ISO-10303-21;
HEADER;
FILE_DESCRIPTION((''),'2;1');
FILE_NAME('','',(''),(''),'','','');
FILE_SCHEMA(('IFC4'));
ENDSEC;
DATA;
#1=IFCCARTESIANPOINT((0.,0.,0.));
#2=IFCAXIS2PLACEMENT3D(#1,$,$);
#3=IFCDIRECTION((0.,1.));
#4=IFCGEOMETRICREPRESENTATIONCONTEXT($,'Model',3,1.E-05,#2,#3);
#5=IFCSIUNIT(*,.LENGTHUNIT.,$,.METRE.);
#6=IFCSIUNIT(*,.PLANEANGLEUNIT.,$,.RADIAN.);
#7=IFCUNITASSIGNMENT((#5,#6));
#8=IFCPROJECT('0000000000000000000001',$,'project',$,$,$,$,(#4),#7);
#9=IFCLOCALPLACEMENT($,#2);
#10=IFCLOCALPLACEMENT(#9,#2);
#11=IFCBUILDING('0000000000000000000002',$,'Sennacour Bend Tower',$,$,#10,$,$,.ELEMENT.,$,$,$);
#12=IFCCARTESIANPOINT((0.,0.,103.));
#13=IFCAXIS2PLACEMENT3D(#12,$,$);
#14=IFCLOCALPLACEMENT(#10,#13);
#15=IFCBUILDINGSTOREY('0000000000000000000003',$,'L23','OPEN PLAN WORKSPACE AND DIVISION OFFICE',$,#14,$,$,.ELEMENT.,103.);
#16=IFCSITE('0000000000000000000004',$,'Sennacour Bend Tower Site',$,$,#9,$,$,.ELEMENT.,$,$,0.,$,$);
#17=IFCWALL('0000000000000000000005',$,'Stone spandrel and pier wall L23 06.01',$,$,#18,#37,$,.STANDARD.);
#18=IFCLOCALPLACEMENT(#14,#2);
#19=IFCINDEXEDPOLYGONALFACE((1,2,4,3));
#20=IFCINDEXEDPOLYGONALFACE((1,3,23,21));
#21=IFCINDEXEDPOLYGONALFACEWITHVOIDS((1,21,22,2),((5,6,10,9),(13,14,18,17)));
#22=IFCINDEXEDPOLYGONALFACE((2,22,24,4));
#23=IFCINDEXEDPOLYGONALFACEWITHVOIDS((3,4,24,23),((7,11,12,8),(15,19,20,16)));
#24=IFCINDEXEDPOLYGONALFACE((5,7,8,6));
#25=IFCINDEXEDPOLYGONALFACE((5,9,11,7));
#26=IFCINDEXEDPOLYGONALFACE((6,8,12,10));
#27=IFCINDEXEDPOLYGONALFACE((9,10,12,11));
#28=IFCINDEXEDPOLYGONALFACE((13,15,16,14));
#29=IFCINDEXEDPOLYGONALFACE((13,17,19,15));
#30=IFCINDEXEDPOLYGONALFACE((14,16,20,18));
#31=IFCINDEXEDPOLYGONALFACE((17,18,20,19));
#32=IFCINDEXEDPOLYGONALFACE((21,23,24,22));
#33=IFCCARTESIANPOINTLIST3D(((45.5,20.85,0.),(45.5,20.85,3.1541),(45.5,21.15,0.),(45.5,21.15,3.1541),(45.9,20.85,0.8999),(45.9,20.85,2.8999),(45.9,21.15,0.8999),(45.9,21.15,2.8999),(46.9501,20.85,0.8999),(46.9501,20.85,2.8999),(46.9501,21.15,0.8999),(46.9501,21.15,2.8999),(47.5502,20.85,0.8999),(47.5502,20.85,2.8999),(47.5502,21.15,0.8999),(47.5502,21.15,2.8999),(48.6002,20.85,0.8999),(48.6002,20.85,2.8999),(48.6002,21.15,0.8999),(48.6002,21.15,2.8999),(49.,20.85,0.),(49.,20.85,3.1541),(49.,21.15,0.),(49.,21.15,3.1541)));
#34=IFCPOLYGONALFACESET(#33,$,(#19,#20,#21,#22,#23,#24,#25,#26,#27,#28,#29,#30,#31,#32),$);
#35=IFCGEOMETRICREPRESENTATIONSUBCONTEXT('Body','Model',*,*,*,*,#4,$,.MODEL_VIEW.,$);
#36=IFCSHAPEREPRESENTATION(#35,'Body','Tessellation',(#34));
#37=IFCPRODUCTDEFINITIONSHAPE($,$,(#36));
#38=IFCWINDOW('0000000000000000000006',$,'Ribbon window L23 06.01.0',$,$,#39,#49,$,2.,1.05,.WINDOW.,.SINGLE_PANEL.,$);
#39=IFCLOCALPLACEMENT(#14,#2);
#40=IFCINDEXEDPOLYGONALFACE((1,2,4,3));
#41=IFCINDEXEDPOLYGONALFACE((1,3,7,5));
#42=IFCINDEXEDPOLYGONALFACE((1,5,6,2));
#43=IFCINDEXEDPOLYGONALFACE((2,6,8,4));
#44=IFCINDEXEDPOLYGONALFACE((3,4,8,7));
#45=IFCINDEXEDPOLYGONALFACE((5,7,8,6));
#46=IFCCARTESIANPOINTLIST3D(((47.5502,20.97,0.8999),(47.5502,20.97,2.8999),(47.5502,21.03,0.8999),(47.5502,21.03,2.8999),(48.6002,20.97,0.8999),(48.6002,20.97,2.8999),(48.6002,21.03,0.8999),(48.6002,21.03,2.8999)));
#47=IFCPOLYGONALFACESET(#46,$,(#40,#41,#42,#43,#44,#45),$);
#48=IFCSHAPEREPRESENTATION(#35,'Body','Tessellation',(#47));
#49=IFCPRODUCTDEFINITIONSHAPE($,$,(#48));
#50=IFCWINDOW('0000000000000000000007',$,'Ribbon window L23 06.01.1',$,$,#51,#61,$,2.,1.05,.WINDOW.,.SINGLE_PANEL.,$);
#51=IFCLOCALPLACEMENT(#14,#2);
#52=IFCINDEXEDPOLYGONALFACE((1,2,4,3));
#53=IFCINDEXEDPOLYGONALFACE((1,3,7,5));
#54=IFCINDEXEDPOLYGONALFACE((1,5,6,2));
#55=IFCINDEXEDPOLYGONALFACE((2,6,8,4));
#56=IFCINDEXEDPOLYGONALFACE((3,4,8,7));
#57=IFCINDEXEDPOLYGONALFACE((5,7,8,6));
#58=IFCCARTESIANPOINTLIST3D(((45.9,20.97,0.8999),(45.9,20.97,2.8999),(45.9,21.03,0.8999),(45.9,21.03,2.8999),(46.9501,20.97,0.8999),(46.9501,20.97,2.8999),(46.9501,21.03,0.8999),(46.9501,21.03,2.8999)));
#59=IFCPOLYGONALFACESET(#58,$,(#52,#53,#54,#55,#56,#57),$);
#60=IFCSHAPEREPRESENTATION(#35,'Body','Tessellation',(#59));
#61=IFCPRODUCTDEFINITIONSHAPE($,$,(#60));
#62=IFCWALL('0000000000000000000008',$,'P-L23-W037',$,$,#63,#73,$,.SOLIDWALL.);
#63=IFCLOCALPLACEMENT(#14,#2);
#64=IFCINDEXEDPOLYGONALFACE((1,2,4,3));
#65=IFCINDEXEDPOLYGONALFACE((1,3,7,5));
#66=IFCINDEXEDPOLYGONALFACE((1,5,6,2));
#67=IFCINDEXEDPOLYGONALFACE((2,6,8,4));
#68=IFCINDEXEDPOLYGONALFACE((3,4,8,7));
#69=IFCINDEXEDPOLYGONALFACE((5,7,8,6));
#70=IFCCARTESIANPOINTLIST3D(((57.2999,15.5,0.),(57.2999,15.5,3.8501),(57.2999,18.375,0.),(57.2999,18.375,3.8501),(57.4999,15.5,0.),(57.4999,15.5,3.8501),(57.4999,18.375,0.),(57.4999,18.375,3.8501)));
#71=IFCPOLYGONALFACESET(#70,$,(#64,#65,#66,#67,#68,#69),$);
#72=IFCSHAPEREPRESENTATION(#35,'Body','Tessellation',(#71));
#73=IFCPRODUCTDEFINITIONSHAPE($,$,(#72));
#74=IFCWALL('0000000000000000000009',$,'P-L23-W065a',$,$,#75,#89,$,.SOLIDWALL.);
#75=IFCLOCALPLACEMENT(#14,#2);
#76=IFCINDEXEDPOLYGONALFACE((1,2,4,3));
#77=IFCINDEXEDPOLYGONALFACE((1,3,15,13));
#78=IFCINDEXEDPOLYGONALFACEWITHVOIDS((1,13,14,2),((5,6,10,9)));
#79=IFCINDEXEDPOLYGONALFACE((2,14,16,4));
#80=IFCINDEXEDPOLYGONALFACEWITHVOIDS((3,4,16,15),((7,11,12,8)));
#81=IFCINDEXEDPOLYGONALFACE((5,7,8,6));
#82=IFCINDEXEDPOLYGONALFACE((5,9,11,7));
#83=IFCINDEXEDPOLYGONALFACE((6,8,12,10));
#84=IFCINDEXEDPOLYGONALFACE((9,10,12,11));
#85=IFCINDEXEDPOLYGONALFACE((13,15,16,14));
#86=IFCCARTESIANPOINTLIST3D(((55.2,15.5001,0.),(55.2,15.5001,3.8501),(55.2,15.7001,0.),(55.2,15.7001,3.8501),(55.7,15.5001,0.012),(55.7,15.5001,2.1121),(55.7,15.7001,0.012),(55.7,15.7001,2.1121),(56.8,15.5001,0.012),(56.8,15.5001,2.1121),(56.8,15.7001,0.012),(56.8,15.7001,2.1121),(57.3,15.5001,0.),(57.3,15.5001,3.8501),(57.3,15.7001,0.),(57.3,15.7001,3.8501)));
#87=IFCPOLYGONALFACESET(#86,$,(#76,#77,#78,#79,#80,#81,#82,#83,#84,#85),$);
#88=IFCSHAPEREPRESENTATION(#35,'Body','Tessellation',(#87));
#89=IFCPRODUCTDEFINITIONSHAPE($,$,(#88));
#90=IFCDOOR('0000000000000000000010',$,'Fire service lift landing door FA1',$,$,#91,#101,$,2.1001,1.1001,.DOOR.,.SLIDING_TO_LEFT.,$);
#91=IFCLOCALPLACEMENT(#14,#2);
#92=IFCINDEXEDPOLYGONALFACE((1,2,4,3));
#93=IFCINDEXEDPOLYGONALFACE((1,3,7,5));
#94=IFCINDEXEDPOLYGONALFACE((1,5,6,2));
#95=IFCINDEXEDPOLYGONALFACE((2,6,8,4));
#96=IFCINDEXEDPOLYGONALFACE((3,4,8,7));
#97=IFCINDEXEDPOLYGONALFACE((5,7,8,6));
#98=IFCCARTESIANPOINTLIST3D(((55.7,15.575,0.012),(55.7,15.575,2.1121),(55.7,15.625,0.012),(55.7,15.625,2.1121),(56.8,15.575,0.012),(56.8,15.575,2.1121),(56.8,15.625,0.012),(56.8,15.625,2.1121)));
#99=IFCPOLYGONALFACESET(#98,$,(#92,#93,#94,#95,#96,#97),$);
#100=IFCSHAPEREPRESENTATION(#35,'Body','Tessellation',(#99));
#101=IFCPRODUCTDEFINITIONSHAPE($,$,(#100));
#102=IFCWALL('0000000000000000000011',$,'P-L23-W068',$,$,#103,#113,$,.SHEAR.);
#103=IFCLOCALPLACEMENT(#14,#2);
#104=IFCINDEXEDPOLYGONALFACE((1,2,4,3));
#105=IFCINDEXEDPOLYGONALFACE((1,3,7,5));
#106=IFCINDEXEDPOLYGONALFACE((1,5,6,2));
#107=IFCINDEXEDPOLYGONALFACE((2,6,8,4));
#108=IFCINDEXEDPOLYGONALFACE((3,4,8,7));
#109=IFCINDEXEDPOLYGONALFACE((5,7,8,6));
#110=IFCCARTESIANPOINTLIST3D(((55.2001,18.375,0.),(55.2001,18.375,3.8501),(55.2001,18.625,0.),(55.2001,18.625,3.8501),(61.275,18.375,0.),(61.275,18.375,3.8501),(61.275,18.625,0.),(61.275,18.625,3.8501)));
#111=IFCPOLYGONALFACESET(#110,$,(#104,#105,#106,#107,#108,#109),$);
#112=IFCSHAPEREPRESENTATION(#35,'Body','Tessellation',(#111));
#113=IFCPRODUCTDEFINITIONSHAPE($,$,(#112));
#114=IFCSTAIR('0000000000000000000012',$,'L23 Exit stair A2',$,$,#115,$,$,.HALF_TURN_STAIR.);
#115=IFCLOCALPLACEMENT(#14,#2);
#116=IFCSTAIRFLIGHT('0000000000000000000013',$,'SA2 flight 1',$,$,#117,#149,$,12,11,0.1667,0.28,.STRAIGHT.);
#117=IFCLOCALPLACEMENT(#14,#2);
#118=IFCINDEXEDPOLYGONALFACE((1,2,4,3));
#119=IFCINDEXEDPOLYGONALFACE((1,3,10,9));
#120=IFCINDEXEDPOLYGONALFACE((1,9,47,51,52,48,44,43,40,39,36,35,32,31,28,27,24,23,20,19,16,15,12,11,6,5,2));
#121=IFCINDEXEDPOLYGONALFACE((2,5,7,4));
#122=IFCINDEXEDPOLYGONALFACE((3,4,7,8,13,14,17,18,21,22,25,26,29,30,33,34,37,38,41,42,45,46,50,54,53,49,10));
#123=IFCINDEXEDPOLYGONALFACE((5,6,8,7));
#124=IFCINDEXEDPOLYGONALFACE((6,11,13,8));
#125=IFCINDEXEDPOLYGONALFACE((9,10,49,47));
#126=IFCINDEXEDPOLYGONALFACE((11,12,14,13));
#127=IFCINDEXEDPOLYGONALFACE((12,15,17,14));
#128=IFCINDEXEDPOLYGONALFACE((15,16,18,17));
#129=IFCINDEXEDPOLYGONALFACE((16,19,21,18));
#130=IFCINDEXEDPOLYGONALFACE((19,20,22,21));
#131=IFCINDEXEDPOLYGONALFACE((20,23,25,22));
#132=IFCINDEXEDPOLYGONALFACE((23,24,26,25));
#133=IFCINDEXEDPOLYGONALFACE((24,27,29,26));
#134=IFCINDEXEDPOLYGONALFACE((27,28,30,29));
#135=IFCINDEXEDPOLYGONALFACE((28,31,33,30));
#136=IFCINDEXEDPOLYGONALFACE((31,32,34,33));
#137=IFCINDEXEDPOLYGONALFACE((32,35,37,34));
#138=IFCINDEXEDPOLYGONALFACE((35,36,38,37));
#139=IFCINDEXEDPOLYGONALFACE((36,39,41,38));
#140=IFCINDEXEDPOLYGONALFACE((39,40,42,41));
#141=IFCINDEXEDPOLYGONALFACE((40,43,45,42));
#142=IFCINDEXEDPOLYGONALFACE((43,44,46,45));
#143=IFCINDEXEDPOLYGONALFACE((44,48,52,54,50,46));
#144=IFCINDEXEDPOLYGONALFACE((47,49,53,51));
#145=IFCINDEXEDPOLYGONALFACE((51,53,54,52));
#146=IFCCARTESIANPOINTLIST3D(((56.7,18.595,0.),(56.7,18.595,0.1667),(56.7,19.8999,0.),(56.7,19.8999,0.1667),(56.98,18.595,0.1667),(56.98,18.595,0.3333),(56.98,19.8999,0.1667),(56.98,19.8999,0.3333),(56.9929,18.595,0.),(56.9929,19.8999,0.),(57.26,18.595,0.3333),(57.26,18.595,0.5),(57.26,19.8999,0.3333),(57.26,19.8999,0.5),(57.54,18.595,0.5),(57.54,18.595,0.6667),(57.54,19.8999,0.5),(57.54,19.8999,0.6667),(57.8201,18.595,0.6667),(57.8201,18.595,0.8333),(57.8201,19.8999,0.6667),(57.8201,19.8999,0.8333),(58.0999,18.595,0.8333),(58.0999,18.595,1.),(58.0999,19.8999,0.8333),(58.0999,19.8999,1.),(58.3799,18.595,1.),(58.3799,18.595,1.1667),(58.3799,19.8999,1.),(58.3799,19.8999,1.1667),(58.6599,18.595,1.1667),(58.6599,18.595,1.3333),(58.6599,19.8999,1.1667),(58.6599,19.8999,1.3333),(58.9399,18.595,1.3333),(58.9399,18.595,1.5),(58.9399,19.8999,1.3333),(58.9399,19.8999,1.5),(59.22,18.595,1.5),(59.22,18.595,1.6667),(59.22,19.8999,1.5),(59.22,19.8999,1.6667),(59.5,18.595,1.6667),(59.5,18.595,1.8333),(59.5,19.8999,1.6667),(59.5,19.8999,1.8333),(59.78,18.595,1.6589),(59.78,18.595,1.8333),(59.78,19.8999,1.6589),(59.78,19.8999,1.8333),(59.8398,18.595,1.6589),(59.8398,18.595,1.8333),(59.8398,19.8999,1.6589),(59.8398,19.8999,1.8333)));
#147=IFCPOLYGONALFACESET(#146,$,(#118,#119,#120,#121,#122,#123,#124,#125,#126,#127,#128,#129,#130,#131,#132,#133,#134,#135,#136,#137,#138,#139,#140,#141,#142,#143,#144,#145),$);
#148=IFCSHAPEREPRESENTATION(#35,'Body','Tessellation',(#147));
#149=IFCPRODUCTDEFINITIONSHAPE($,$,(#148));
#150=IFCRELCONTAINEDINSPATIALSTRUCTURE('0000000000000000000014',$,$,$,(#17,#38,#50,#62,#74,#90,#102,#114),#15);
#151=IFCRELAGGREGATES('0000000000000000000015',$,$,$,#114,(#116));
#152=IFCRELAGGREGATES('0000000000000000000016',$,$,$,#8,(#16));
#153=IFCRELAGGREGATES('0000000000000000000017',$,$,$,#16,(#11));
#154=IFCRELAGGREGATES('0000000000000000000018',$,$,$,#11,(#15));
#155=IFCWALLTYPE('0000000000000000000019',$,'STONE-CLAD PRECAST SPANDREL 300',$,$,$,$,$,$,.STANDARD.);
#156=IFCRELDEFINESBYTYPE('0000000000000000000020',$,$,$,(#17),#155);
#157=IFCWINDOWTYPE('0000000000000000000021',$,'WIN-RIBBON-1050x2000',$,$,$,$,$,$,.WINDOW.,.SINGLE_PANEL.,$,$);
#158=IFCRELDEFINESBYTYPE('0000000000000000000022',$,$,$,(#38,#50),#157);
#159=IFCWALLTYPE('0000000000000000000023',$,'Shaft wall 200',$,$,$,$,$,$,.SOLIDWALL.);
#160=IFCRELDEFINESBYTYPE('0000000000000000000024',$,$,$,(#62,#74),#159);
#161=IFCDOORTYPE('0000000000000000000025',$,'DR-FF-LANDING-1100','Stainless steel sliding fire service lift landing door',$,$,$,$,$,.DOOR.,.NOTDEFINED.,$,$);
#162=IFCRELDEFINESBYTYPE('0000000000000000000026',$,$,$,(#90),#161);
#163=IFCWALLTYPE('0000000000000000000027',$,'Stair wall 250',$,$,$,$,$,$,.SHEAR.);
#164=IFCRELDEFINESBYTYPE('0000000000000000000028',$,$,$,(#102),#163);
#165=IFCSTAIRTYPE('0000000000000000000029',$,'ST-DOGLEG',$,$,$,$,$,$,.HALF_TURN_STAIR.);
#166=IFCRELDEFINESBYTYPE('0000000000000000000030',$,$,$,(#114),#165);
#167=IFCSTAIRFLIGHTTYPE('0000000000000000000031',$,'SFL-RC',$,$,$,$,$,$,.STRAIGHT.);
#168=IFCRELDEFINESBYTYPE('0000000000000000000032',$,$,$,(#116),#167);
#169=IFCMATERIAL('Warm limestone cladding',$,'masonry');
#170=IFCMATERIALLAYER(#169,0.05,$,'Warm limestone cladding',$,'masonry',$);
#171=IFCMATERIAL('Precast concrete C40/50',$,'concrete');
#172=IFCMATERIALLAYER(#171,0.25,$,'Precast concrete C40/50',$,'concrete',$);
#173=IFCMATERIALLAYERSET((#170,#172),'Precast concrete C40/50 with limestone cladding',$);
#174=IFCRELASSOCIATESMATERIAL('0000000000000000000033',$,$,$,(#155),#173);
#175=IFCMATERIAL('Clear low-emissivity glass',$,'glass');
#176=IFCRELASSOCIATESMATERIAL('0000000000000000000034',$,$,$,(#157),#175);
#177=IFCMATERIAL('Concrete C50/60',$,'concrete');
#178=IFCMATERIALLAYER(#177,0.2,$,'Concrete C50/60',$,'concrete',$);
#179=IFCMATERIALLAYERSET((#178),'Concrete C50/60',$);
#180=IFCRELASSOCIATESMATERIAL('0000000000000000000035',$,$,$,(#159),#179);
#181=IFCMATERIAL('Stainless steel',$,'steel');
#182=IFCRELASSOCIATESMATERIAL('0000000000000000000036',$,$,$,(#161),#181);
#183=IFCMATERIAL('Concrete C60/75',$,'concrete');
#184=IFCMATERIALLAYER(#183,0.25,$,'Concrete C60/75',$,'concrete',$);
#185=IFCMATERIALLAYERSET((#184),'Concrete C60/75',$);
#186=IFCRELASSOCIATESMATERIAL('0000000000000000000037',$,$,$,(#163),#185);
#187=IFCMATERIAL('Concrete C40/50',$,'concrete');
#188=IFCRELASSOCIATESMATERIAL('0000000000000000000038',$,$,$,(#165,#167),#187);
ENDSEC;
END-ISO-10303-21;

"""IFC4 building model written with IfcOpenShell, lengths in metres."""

from ifc_helpers import new_model, si_unit, direction, frame, frame_2d, origin, place, context, subcontext, project, spatial, polyline, rectangle, outline, extrude, material, layer, layer_set, type_object, element, fill, aggregate, save


model = new_model("IFC4")

# Units and contexts
model_context = context("Model", 3, precision=1e-05, world=origin(), true_north=direction((0.0, 1.0)))
body_context = subcontext(model_context, "Body", "Model", "MODEL_VIEW")
ifc_project = project(units=[si_unit("LENGTHUNIT", "METRE"), si_unit("PLANEANGLEUNIT", "RADIAN")], contexts=[model_context])

# Site, building, storey
site_placement = place(None, origin())
site = spatial("IfcSite", under=ifc_project, at=site_placement, Name="Sennacour Bend Tower Site", CompositionType="ELEMENT", RefElevation=0.0)
building_placement = place(site_placement, origin())
building = spatial("IfcBuilding", under=site, at=building_placement, Name="Sennacour Bend Tower", CompositionType="ELEMENT")
storey_placement = place(building_placement, frame((0.0, 0.0, 103.0)))
storey = spatial("IfcBuildingStorey", under=building, at=storey_placement, Name="L23", Description="OPEN PLAN WORKSPACE AND DIVISION OFFICE", CompositionType="ELEMENT", Elevation=103.0)

# Wall, openings, windows
ifc_material_1 = material(Name="Warm limestone cladding", Category="masonry")
ifc_layer_1 = layer(ifc_material_1, 0.05, Name="Warm limestone cladding", Category="masonry")
ifc_material_2 = material(Name="Precast concrete C40/50", Category="concrete")
ifc_layer_2 = layer(ifc_material_2, 0.25, Name="Precast concrete C40/50", Category="concrete")
ifc_layer_set_1 = layer_set([ifc_layer_1, ifc_layer_2], Name="Precast concrete C40/50 with limestone cladding")
wall_type_1 = type_object("IfcWallType", Name="STONE-CLAD PRECAST SPANDREL 300", PredefinedType="STANDARD", material=ifc_layer_set_1)
ifc_material_3 = material(Name="Clear low-emissivity glass", Category="glass")
window_type_1 = type_object("IfcWindowType", Name="WIN-RIBBON-1050x2000", PartitioningType="SINGLE_PANEL", PredefinedType="WINDOW", material=ifc_material_3)
wall_1_placement = place(storey_placement, frame((49.0, 21.0, 0.0), z_axis=(0.0, 0.0, 1.0), x_axis=(-1.0, 0.0, 0.0)))
wall_1 = element("IfcWall", 1, at=wall_1_placement, inside=storey, type_object=wall_type_1, Name="Stone spandrel and pier wall L23 06.01", PredefinedType="STANDARD", context=body_context, shape_type="SweptSolid", body=[
    extrude(rectangle(XDim=3.5, YDim=0.3, at=frame_2d((1.75, 0.0))), origin(), (0.0, 0.0, 1.0), 3.1541),
])
opening_1_placement = place(wall_1_placement, frame((0.3999, 0.0, 0.8999)))
opening_1 = element("IfcOpeningElement", 2, at=opening_1_placement, cuts=wall_1, PredefinedType="OPENING", context=body_context, shape_type="SweptSolid", body=[
    extrude(rectangle(XDim=1.05, YDim=2.0, at=frame_2d((0.5249, 1.0))), frame((0.0, 0.1602, 0.0), z_axis=(0.0, -1.0, 0.0), x_axis=(1.0, 0.0, 0.0)), (0.0, 0.0, 1.0), 0.3201),
])
opening_2_placement = place(wall_1_placement, frame((2.05, 0.0, 0.8999)))
opening_2 = element("IfcOpeningElement", 3, at=opening_2_placement, cuts=wall_1, PredefinedType="OPENING", context=body_context, shape_type="SweptSolid", body=[
    extrude(rectangle(XDim=1.05, YDim=2.0, at=frame_2d((0.5249, 1.0))), frame((0.0, 0.1602, 0.0), z_axis=(0.0, -1.0, 0.0), x_axis=(1.0, 0.0, 0.0)), (0.0, 0.0, 1.0), 0.3201),
])
window_1_placement = place(opening_1_placement, origin())
window_1 = element("IfcWindow", 4, at=window_1_placement, inside=storey, type_object=window_type_1, Name="Ribbon window L23 06.01.0", OverallHeight=2.0, OverallWidth=1.05, PartitioningType="SINGLE_PANEL", PredefinedType="WINDOW", context=body_context, shape_type="SweptSolid", body=[
    extrude(rectangle(XDim=1.05, YDim=2.0, at=frame_2d((0.5249, 1.0))), frame((0.0, 0.03, 0.0), z_axis=(0.0, -1.0, 0.0), x_axis=(1.0, 0.0, 0.0)), (0.0, 0.0, 1.0), 0.0601),
])
fill(opening_1, window_1)
window_2_placement = place(opening_2_placement, origin())
window_2 = element("IfcWindow", 5, at=window_2_placement, inside=storey, type_object=window_type_1, Name="Ribbon window L23 06.01.1", OverallHeight=2.0, OverallWidth=1.05, PartitioningType="SINGLE_PANEL", PredefinedType="WINDOW", context=body_context, shape_type="SweptSolid", body=[
    extrude(rectangle(XDim=1.05, YDim=2.0, at=frame_2d((0.5249, 1.0))), frame((0.0, 0.03, 0.0), z_axis=(0.0, -1.0, 0.0), x_axis=(1.0, 0.0, 0.0)), (0.0, 0.0, 1.0), 0.0601),
])
fill(opening_2, window_2)

# Wall
ifc_material_4 = material(Name="Concrete C50/60", Category="concrete")
ifc_layer_3 = layer(ifc_material_4, 0.2, Name="Concrete C50/60", Category="concrete")
ifc_layer_set_2 = layer_set([ifc_layer_3], Name="Concrete C50/60")
wall_type_2 = type_object("IfcWallType", Name="Shaft wall 200", PredefinedType="SOLIDWALL", material=ifc_layer_set_2)
wall_2_placement = place(storey_placement, frame((57.3999, 15.5, 0.0), z_axis=(0.0, 0.0, 1.0), x_axis=(0.0, 1.0, 0.0)))
element("IfcWall", 6, at=wall_2_placement, inside=storey, type_object=wall_type_2, Name="P-L23-W037", PredefinedType="SOLIDWALL", context=body_context, shape_type="SweptSolid", body=[
    extrude(rectangle(XDim=2.875, YDim=0.2, at=frame_2d((1.4375, 0.0))), origin(), (0.0, 0.0, 1.0), 3.8501),
])

# Wall, opening, door
wall_3_placement = place(storey_placement, frame((55.2, 15.6001, 0.0), z_axis=(0.0, 0.0, 1.0), x_axis=(1.0, 0.0, 0.0)))
wall_3 = element("IfcWall", 7, at=wall_3_placement, inside=storey, type_object=wall_type_2, Name="P-L23-W065a", PredefinedType="SOLIDWALL", context=body_context, shape_type="SweptSolid", body=[
    extrude(rectangle(XDim=2.1001, YDim=0.2, at=frame_2d((1.05, 0.0))), origin(), (0.0, 0.0, 1.0), 3.8501),
])
opening_3_placement = place(wall_3_placement, frame((0.5, 0.0, 0.012)))
opening_3 = element("IfcOpeningElement", 8, at=opening_3_placement, cuts=wall_3, PredefinedType="OPENING", context=body_context, shape_type="SweptSolid", body=[
    extrude(rectangle(XDim=1.1001, YDim=2.1001, at=frame_2d((0.55, 1.05))), frame((0.0, 0.1099, 0.0), z_axis=(0.0, -1.0, 0.0), x_axis=(1.0, 0.0, 0.0)), (0.0, 0.0, 1.0), 0.22),
])
ifc_material_5 = material(Name="Stainless steel", Category="steel")
door_type_1 = type_object("IfcDoorType", Name="DR-FF-LANDING-1100", Description="Stainless steel sliding fire service lift landing door", OperationType="NOTDEFINED", PredefinedType="DOOR", material=ifc_material_5)
door_1_placement = place(opening_3_placement, origin())
door_1 = element("IfcDoor", 9, at=door_1_placement, inside=storey, type_object=door_type_1, Name="Fire service lift landing door FA1", OperationType="SLIDING_TO_LEFT", OverallHeight=2.1001, OverallWidth=1.1001, PredefinedType="DOOR", context=body_context, shape_type="SweptSolid", body=[
    extrude(rectangle(XDim=1.1001, YDim=2.1001, at=frame_2d((0.55, 1.05))), frame((0.0, 0.0249, 0.0), z_axis=(0.0, -1.0, 0.0), x_axis=(1.0, 0.0, 0.0)), (0.0, 0.0, 1.0), 0.05),
])
fill(opening_3, door_1)

# Wall
ifc_material_6 = material(Name="Concrete C60/75", Category="concrete")
ifc_layer_4 = layer(ifc_material_6, 0.25, Name="Concrete C60/75", Category="concrete")
ifc_layer_set_3 = layer_set([ifc_layer_4], Name="Concrete C60/75")
wall_type_3 = type_object("IfcWallType", Name="Stair wall 250", PredefinedType="SHEAR", material=ifc_layer_set_3)
wall_4_placement = place(storey_placement, frame((55.2, 18.5, 0.0), z_axis=(0.0, 0.0, 1.0), x_axis=(1.0, 0.0, 0.0)))
element("IfcWall", 10, at=wall_4_placement, inside=storey, type_object=wall_type_3, Name="P-L23-W068", PredefinedType="SHEAR", context=body_context, shape_type="SweptSolid", body=[
    extrude(rectangle(XDim=6.075, YDim=0.25, at=frame_2d((3.0376, 0.0))), origin(), (0.0, 0.0, 1.0), 3.8501),
])

# Stair, stair flight
ifc_material_7 = material(Name="Concrete C40/50", Category="concrete")
stair_type = type_object("IfcStairType", Name="ST-DOGLEG", PredefinedType="HALF_TURN_STAIR", material=ifc_material_7)
stair_placement = place(storey_placement, origin())
stair = element("IfcStair", 11, at=stair_placement, inside=storey, type_object=stair_type, Name="L23 Exit stair A2", PredefinedType="HALF_TURN_STAIR")
stair_flight_type = type_object("IfcStairFlightType", Name="SFL-RC", PredefinedType="STRAIGHT", material=ifc_material_7)
stair_flight_placement = place(storey_placement, frame((56.7, 19.2476, 0.0), z_axis=(0.0, 0.0, 1.0), x_axis=(1.0, 0.0, 0.0)))
stair_flight = element("IfcStairFlight", 12, at=stair_flight_placement, type_object=stair_flight_type, Name="SA2 flight 1", NumberOfRisers=12, NumberOfTreads=11, PredefinedType="STRAIGHT", RiserHeight=0.1667, TreadLength=0.28, context=body_context, shape_type="SweptSolid", body=[
    extrude(outline(polyline([(0.0, 0.0), (0.0, 0.1667), (0.28, 0.1667), (0.28, 0.3333), (0.5601, 0.3333), (0.5601, 0.5), (0.8401, 0.5), (0.8401, 0.6667), (1.1201, 0.6667), (1.1201, 0.8333), (1.3999, 0.8333), (1.3999, 1.0), (1.6799, 1.0), (1.6799, 1.1667), (1.96, 1.1667), (1.96, 1.3333), (2.24, 1.3333), (2.24, 1.5), (2.52, 1.5), (2.52, 1.6667), (2.8, 1.6667), (2.8, 1.8333), (3.0801, 1.8333), (3.1399, 1.8333), (3.1399, 1.6589), (3.0801, 1.6589), (0.293, 0.0), (0.0, 0.0)])), frame((0.0, 0.6523, 0.0), z_axis=(0.0, -1.0, 0.0), x_axis=(1.0, 0.0, 0.0)), (0.0, 0.0, 1.0), 1.3049),
])
aggregate(stair, [stair_flight])

save(model, "model.ifc")
